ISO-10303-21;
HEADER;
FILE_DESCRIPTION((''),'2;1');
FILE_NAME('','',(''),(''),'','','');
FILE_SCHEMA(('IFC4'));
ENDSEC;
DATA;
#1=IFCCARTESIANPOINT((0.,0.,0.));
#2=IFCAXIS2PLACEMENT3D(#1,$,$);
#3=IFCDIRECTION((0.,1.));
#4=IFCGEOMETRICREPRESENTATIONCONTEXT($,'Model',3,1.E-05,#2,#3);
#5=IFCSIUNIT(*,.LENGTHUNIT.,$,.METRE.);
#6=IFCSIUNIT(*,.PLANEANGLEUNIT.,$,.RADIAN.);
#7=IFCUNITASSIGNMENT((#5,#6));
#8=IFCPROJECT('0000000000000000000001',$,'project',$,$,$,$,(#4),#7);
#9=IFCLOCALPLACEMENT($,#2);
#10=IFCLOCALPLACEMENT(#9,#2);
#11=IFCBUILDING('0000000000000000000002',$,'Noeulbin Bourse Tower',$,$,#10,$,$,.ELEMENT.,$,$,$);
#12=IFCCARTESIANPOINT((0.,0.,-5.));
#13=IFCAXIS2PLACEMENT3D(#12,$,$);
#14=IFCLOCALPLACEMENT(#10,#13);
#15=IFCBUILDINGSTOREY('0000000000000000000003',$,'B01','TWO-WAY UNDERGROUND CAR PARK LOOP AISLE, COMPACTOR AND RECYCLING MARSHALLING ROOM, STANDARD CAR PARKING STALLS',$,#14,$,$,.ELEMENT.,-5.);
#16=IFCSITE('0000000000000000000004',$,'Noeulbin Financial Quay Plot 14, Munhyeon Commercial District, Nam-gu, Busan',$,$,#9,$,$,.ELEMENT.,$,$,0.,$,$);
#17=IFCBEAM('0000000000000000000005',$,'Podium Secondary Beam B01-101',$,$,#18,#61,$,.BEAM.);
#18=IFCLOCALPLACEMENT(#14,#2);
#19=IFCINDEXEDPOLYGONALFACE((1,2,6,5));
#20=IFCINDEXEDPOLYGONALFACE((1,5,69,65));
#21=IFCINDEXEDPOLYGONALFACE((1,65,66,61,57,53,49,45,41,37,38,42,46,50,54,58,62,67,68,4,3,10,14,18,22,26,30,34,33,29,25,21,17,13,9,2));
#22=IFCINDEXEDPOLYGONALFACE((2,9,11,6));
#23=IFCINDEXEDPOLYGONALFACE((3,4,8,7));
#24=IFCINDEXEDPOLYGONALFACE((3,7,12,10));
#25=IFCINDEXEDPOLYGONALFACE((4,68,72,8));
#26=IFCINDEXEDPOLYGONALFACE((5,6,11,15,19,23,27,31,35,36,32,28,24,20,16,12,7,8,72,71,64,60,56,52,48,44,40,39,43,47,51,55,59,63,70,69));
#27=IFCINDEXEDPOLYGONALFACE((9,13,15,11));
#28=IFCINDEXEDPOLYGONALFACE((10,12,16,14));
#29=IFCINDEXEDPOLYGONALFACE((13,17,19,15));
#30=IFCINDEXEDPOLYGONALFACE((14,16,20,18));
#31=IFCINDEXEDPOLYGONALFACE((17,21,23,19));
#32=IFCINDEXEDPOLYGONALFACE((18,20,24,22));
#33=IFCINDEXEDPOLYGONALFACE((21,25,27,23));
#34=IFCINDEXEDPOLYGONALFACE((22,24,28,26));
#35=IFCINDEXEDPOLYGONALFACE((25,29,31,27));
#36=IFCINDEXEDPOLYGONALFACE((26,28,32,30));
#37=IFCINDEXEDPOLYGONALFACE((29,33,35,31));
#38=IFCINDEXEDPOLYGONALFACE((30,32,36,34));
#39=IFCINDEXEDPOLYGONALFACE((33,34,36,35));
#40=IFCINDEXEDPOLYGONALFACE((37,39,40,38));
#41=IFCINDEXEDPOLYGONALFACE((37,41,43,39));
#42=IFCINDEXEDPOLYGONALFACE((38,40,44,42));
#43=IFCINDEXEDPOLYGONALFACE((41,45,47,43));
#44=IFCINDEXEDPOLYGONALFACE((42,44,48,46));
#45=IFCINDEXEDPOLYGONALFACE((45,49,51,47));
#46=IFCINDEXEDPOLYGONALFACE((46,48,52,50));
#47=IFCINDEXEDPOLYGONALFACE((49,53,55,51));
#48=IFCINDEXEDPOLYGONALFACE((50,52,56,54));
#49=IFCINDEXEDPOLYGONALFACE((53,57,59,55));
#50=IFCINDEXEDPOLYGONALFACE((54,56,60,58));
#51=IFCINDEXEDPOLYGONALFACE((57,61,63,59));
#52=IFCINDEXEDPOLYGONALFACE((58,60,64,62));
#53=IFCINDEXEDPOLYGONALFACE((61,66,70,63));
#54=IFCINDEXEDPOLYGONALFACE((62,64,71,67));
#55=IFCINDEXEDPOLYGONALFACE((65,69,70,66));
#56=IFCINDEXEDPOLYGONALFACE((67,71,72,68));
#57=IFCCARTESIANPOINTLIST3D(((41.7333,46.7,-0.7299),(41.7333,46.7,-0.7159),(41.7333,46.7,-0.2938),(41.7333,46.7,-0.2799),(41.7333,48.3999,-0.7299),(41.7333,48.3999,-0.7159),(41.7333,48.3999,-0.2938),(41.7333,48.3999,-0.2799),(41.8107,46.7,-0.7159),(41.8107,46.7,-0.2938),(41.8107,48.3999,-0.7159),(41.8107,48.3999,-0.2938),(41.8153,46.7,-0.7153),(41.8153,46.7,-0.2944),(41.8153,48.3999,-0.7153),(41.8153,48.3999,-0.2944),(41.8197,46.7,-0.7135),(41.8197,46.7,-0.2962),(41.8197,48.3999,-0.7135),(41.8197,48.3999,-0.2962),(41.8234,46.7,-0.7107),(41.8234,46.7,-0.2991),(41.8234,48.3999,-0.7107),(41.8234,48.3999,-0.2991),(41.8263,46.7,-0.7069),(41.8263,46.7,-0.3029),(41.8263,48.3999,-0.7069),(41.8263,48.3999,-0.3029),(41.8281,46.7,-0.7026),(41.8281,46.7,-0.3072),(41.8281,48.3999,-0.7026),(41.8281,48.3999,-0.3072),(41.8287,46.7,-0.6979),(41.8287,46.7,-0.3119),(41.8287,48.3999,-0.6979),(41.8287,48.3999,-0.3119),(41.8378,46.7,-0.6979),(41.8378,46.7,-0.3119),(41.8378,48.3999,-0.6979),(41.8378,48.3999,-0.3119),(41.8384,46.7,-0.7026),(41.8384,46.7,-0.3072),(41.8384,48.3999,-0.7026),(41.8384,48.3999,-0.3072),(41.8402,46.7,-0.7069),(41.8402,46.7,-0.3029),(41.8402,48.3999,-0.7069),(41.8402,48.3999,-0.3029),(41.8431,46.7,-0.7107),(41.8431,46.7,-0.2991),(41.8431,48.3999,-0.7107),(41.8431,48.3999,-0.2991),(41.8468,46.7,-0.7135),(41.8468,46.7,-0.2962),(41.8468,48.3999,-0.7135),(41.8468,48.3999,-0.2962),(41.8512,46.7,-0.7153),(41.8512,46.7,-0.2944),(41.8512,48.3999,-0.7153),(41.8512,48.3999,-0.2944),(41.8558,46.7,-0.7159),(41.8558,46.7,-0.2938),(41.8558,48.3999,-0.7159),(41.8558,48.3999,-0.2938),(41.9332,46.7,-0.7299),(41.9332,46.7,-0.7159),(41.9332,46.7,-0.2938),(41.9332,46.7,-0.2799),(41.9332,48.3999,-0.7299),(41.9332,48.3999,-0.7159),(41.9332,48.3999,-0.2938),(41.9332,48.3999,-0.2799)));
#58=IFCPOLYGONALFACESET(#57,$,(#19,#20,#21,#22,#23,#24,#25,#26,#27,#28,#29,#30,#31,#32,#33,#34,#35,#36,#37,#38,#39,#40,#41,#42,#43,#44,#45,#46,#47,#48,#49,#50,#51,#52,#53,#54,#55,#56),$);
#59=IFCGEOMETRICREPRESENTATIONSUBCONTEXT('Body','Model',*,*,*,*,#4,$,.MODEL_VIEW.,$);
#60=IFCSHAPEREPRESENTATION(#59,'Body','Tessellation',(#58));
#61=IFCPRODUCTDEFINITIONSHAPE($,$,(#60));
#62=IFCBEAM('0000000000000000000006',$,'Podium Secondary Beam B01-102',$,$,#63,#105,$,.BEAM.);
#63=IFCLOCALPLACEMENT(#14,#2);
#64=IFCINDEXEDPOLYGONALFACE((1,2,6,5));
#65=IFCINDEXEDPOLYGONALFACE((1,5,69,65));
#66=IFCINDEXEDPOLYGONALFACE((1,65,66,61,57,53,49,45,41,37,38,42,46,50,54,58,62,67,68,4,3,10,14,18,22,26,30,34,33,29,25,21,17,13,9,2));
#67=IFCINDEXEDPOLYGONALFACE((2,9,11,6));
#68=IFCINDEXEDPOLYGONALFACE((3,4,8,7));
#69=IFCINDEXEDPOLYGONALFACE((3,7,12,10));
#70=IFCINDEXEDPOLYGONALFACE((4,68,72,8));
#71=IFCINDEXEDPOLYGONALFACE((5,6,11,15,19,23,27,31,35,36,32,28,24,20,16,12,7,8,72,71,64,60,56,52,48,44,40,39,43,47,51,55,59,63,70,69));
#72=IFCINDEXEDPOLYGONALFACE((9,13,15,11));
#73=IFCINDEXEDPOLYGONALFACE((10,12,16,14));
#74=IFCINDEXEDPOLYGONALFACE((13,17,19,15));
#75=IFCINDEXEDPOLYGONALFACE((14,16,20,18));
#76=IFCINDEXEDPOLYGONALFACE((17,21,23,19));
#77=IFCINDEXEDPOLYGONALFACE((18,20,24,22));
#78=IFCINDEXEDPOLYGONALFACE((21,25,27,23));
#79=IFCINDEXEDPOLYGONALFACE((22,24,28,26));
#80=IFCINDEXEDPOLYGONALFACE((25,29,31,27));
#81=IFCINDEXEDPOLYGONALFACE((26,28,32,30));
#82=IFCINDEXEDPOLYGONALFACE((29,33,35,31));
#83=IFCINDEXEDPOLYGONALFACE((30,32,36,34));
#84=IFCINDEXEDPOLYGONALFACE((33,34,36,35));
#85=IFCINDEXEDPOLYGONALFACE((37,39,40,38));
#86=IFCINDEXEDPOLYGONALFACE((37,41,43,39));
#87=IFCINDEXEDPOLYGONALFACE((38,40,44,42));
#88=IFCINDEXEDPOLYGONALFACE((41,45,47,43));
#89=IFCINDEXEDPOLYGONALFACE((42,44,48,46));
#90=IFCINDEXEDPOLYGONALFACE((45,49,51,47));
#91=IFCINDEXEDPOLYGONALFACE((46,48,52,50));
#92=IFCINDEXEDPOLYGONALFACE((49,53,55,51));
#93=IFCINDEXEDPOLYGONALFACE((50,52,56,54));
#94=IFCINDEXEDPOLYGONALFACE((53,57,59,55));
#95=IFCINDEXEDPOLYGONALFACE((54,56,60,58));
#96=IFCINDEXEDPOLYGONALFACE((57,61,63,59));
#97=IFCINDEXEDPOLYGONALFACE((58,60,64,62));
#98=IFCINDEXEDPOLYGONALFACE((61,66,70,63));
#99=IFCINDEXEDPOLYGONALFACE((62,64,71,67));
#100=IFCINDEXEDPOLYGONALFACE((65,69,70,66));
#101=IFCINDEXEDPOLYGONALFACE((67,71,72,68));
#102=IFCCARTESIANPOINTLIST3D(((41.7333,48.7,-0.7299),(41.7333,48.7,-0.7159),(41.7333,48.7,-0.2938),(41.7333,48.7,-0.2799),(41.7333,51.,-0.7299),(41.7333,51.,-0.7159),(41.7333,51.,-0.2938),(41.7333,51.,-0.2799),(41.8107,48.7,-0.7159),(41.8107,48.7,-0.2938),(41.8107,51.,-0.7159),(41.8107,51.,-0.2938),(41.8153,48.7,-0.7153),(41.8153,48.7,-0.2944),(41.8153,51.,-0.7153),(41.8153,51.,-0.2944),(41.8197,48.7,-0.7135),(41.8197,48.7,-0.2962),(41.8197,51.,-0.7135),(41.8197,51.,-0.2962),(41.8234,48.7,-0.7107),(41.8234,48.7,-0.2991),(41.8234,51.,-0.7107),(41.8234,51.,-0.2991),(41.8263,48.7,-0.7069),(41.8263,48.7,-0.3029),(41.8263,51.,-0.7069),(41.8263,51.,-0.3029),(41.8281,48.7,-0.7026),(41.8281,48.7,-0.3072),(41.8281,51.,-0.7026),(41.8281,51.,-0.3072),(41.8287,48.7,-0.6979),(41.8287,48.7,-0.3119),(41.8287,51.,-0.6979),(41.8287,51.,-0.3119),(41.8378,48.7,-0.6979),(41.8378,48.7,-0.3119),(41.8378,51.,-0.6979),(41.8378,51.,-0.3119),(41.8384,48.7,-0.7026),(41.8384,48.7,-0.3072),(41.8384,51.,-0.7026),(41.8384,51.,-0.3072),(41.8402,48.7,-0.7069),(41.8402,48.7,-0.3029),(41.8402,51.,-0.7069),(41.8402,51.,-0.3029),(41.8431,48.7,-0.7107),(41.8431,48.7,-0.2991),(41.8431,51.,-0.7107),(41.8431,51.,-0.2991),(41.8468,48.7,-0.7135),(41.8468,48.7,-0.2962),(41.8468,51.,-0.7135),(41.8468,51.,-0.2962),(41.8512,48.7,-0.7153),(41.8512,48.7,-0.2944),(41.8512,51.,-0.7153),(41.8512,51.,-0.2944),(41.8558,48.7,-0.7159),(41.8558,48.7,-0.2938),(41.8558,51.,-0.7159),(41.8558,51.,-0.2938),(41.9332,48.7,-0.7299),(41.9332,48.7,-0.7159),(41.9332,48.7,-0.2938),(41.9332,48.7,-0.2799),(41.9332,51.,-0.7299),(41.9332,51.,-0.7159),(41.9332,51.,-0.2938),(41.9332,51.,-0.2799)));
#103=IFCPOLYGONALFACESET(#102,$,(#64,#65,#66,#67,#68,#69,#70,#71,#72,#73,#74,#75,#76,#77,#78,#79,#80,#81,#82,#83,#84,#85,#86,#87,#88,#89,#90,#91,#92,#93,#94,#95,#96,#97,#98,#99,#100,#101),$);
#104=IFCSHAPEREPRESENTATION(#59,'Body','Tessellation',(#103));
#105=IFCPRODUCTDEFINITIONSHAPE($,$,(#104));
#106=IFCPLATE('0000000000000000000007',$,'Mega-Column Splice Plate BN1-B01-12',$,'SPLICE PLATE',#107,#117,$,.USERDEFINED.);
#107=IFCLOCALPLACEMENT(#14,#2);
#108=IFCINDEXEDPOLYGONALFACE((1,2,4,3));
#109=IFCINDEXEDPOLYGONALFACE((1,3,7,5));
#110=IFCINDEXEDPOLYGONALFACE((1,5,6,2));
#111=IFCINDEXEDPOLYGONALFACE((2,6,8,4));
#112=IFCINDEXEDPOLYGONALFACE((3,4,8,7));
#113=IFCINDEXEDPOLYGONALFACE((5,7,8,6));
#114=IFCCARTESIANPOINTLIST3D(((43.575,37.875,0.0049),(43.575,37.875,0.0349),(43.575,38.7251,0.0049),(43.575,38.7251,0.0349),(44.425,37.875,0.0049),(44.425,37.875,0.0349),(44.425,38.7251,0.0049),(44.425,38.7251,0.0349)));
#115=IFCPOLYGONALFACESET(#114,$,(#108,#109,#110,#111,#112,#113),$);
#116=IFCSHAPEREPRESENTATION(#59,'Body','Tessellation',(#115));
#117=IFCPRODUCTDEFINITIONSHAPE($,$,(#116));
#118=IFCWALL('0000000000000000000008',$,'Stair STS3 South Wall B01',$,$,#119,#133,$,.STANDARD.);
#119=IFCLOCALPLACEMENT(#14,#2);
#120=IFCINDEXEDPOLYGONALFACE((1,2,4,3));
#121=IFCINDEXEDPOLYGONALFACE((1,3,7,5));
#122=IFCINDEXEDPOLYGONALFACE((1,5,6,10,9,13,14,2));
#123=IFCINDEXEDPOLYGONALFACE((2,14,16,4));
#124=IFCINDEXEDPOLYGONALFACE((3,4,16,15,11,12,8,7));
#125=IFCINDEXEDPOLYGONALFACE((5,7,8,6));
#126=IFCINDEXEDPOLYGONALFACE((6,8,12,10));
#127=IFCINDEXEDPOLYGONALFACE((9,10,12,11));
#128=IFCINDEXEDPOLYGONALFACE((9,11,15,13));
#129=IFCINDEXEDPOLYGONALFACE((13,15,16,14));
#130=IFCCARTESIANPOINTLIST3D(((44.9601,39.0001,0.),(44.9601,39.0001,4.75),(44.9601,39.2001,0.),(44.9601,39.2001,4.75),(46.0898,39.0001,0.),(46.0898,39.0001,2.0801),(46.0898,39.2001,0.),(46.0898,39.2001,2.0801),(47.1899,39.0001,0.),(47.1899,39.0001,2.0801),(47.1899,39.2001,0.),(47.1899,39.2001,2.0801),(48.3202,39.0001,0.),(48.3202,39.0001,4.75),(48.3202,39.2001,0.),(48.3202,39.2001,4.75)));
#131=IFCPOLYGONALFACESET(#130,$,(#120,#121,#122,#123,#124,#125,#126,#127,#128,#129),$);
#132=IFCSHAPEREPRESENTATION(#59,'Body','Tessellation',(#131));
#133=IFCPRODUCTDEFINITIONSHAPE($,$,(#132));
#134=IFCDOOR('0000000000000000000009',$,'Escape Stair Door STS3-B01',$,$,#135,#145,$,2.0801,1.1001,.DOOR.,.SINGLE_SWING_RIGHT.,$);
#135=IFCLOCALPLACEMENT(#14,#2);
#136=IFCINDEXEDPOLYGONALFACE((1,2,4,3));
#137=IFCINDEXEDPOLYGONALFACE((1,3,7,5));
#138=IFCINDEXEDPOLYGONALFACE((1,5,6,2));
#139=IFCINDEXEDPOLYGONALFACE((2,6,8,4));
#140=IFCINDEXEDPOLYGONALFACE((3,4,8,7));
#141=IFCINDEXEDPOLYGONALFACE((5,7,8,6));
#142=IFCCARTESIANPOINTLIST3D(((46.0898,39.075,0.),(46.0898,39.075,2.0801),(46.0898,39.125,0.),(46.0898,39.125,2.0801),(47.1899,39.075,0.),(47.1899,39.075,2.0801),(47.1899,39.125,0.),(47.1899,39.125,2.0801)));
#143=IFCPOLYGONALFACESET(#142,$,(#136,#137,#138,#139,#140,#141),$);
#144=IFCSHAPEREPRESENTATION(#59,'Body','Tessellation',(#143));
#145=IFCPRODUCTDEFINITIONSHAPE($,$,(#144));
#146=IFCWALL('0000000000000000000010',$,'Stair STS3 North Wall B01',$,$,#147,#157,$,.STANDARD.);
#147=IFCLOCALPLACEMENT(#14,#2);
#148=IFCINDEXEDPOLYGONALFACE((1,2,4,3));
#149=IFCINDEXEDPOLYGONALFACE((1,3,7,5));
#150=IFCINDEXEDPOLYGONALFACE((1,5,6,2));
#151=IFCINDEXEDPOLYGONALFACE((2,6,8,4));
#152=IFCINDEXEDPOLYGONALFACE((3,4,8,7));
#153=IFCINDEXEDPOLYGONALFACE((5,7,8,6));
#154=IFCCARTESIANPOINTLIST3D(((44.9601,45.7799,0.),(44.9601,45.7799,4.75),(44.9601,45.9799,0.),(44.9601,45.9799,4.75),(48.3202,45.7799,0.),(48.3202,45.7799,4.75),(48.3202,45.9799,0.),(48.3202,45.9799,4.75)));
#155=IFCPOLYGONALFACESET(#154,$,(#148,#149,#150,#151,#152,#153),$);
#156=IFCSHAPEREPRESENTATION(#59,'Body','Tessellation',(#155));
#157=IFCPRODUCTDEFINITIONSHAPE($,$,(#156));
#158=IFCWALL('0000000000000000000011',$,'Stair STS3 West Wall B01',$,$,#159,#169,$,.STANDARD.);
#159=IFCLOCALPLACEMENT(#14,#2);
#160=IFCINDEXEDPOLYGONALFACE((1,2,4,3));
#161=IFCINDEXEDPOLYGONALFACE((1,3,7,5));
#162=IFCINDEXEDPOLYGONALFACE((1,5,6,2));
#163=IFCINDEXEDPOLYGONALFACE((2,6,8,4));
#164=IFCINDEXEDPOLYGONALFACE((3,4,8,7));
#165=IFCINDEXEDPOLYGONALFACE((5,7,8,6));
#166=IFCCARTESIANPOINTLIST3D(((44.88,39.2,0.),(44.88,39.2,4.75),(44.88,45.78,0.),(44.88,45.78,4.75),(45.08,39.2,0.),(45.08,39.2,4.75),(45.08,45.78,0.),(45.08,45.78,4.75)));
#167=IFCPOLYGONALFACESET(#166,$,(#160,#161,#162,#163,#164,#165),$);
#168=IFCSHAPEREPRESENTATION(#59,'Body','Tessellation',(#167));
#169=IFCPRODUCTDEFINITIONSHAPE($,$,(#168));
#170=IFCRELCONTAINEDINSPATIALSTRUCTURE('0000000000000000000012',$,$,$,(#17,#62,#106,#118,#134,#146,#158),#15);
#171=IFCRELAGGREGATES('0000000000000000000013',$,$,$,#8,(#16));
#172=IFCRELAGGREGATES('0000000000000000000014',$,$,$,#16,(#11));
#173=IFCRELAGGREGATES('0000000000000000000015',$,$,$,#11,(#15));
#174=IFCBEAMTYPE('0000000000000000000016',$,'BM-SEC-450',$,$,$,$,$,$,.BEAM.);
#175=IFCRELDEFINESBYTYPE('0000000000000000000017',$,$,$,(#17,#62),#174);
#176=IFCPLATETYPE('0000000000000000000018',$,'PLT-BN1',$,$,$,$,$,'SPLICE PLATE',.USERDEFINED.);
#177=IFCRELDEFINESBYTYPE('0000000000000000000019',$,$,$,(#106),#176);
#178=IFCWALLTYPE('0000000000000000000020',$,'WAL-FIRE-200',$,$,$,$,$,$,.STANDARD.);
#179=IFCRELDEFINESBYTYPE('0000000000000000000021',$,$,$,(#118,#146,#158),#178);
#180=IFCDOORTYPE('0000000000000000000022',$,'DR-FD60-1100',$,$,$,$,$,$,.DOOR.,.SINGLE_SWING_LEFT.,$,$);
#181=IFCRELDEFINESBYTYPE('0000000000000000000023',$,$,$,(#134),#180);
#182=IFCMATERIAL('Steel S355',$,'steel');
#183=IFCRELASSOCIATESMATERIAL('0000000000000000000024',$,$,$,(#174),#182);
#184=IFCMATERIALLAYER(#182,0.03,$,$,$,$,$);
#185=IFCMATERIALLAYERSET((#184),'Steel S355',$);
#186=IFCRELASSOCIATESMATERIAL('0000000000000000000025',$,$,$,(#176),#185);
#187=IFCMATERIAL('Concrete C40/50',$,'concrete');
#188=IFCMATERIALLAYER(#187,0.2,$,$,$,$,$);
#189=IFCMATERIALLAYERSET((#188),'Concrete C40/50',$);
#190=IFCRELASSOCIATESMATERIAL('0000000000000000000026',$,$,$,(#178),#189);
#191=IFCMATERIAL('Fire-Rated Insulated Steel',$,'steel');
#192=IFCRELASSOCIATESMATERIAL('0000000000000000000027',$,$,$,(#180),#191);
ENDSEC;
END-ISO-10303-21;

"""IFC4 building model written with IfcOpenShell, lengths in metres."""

from ifc_helpers import new_model, si_unit, direction, frame, frame_2d, origin, origin_2d, place, context, subcontext, project, spatial, rectangle, i_section, extrude, material, layer, layer_set, material_profile, profile_set, type_object, element, fill, save


model = new_model("IFC4")

# Units and contexts
model_context = context("Model", 3, precision=1e-05, world=origin(), true_north=direction((0.0, 1.0)))
body_context = subcontext(model_context, "Body", "Model", "MODEL_VIEW")
ifc_project = project(units=[si_unit("LENGTHUNIT", "METRE"), si_unit("PLANEANGLEUNIT", "RADIAN")], contexts=[model_context])

# Site, building, storey
site_placement = place(None, origin())
site = spatial("IfcSite", under=ifc_project, at=site_placement, Name="Noeulbin Financial Quay Plot 14, Munhyeon Commercial District, Nam-gu, Busan", CompositionType="ELEMENT", RefElevation=0.0)
building_placement = place(site_placement, origin())
building = spatial("IfcBuilding", under=site, at=building_placement, Name="Noeulbin Bourse Tower", CompositionType="ELEMENT")
storey_placement = place(building_placement, frame((0.0, 0.0, -5.0)))
storey = spatial("IfcBuildingStorey", under=building, at=storey_placement, Name="B01", Description="TWO-WAY UNDERGROUND CAR PARK LOOP AISLE, COMPACTOR AND RECYCLING MARSHALLING ROOM, STANDARD CAR PARKING STALLS", CompositionType="ELEMENT", Elevation=-5.0)

# Beams
ifc_material_1 = material(Name="Steel S355", Category="steel")
ifc_material_profile_1 = material_profile(ifc_material_1, i_section(OverallWidth=0.2, OverallDepth=0.45, WebThickness=0.009, FlangeThickness=0.0139, FilletRadius=0.0181, at=origin_2d()), Name="H-450x200x9x14", Category="LoadBearing")
ifc_profile_set_1 = profile_set([ifc_material_profile_1], Name="Steel S355")
beam_type_1 = type_object("IfcBeamType", Name="BM-SEC-450", PredefinedType="BEAM", material=ifc_profile_set_1)
beam_1_placement = place(storey_placement, frame((41.8333, 46.7, -0.5049), z_axis=(0.0, 1.0, 0.0), x_axis=(-1.0, 0.0, 0.0)))
element("IfcBeam", 1, at=beam_1_placement, inside=storey, type_object=beam_type_1, Name="Podium Secondary Beam B01-101", PredefinedType="BEAM", context=body_context, shape_type="SweptSolid", body=[
    extrude(i_section(OverallWidth=0.2, OverallDepth=0.45, WebThickness=0.009, FlangeThickness=0.0139, FilletRadius=0.0181, at=origin_2d()), origin(), (0.0, 0.0, 1.0), 1.7),
])
beam_2_placement = place(storey_placement, frame((41.8333, 48.7, -0.5049), z_axis=(0.0, 1.0, 0.0), x_axis=(-1.0, 0.0, 0.0)))
element("IfcBeam", 2, at=beam_2_placement, inside=storey, type_object=beam_type_1, Name="Podium Secondary Beam B01-102", PredefinedType="BEAM", context=body_context, shape_type="SweptSolid", body=[
    extrude(i_section(OverallWidth=0.2, OverallDepth=0.45, WebThickness=0.009, FlangeThickness=0.0139, FilletRadius=0.0181, at=origin_2d()), origin(), (0.0, 0.0, 1.0), 2.3),
])

# Plate
ifc_layer_1 = layer(ifc_material_1, 0.03)
ifc_layer_set_1 = layer_set([ifc_layer_1], Name="Steel S355")
plate_type = type_object("IfcPlateType", Name="PLT-BN1", ElementType="SPLICE PLATE", PredefinedType="USERDEFINED", material=ifc_layer_set_1)
plate_placement = place(storey_placement, frame((44.0, 38.3, 0.0049), z_axis=(0.0, 0.0, 1.0), x_axis=(1.0, 0.0, 0.0)))
element("IfcPlate", 3, at=plate_placement, inside=storey, type_object=plate_type, Name="Mega-Column Splice Plate BN1-B01-12", ObjectType="SPLICE PLATE", PredefinedType="USERDEFINED", context=body_context, shape_type="SweptSolid", body=[
    extrude(rectangle(XDim=0.8501, YDim=0.8501, at=origin_2d()), origin(), (0.0, 0.0, 1.0), 0.03),
])

# Wall, opening, door
ifc_material_2 = material(Name="Concrete C40/50", Category="concrete")
ifc_layer_2 = layer(ifc_material_2, 0.2)
ifc_layer_set_2 = layer_set([ifc_layer_2], Name="Concrete C40/50")
wall_type = type_object("IfcWallType", Name="WAL-FIRE-200", PredefinedType="STANDARD", material=ifc_layer_set_2)
wall_1_placement = place(storey_placement, frame((44.96, 39.1001, 0.0), z_axis=(0.0, 0.0, 1.0), x_axis=(1.0, 0.0, 0.0)))
wall_1 = element("IfcWall", 4, at=wall_1_placement, inside=storey, type_object=wall_type, Name="Stair STS3 South Wall B01", PredefinedType="STANDARD", context=body_context, shape_type="SweptSolid", body=[
    extrude(rectangle(XDim=3.3601, YDim=0.2, at=frame_2d((1.6802, 0.0))), origin(), (0.0, 0.0, 1.0), 4.75),
])
opening_placement = place(wall_1_placement, frame((1.1299, 0.0, 0.0)))
opening = element("IfcOpeningElement", 5, at=opening_placement, cuts=wall_1, PredefinedType="OPENING", context=body_context, shape_type="SweptSolid", body=[
    extrude(rectangle(XDim=1.1001, YDim=2.0801, at=frame_2d((0.55, 1.04))), frame((0.0, 0.1099, 0.0), z_axis=(0.0, -1.0, 0.0), x_axis=(1.0, 0.0, 0.0)), (0.0, 0.0, 1.0), 0.22),
])
ifc_material_3 = material(Name="Fire-Rated Insulated Steel", Category="steel")
door_type = type_object("IfcDoorType", Name="DR-FD60-1100", OperationType="SINGLE_SWING_LEFT", PredefinedType="DOOR", material=ifc_material_3)
door_placement = place(opening_placement, origin())
door = element("IfcDoor", 6, at=door_placement, inside=storey, type_object=door_type, Name="Escape Stair Door STS3-B01", OperationType="SINGLE_SWING_RIGHT", OverallHeight=2.0801, OverallWidth=1.1001, PredefinedType="DOOR", context=body_context, shape_type="SweptSolid", body=[
    extrude(rectangle(XDim=1.1001, YDim=2.0801, at=frame_2d((0.55, 1.04))), frame((0.0, 0.0249, 0.0), z_axis=(0.0, -1.0, 0.0), x_axis=(1.0, 0.0, 0.0)), (0.0, 0.0, 1.0), 0.05),
])
fill(opening, door)

# Walls
wall_2_placement = place(storey_placement, frame((44.96, 45.8799, 0.0), z_axis=(0.0, 0.0, 1.0), x_axis=(1.0, 0.0, 0.0)))
element("IfcWall", 7, at=wall_2_placement, inside=storey, type_object=wall_type, Name="Stair STS3 North Wall B01", PredefinedType="STANDARD", context=body_context, shape_type="SweptSolid", body=[
    extrude(rectangle(XDim=3.3601, YDim=0.2, at=frame_2d((1.6802, 0.0))), origin(), (0.0, 0.0, 1.0), 4.75),
])
wall_3_placement = place(storey_placement, frame((44.98, 39.2, 0.0), z_axis=(0.0, 0.0, 1.0), x_axis=(0.0, 1.0, 0.0)))
element("IfcWall", 8, at=wall_3_placement, inside=storey, type_object=wall_type, Name="Stair STS3 West Wall B01", PredefinedType="STANDARD", context=body_context, shape_type="SweptSolid", body=[
    extrude(rectangle(XDim=6.5801, YDim=0.2, at=frame_2d((3.29, 0.0))), origin(), (0.0, 0.0, 1.0), 4.75),
])

save(model, "model.ifc")
